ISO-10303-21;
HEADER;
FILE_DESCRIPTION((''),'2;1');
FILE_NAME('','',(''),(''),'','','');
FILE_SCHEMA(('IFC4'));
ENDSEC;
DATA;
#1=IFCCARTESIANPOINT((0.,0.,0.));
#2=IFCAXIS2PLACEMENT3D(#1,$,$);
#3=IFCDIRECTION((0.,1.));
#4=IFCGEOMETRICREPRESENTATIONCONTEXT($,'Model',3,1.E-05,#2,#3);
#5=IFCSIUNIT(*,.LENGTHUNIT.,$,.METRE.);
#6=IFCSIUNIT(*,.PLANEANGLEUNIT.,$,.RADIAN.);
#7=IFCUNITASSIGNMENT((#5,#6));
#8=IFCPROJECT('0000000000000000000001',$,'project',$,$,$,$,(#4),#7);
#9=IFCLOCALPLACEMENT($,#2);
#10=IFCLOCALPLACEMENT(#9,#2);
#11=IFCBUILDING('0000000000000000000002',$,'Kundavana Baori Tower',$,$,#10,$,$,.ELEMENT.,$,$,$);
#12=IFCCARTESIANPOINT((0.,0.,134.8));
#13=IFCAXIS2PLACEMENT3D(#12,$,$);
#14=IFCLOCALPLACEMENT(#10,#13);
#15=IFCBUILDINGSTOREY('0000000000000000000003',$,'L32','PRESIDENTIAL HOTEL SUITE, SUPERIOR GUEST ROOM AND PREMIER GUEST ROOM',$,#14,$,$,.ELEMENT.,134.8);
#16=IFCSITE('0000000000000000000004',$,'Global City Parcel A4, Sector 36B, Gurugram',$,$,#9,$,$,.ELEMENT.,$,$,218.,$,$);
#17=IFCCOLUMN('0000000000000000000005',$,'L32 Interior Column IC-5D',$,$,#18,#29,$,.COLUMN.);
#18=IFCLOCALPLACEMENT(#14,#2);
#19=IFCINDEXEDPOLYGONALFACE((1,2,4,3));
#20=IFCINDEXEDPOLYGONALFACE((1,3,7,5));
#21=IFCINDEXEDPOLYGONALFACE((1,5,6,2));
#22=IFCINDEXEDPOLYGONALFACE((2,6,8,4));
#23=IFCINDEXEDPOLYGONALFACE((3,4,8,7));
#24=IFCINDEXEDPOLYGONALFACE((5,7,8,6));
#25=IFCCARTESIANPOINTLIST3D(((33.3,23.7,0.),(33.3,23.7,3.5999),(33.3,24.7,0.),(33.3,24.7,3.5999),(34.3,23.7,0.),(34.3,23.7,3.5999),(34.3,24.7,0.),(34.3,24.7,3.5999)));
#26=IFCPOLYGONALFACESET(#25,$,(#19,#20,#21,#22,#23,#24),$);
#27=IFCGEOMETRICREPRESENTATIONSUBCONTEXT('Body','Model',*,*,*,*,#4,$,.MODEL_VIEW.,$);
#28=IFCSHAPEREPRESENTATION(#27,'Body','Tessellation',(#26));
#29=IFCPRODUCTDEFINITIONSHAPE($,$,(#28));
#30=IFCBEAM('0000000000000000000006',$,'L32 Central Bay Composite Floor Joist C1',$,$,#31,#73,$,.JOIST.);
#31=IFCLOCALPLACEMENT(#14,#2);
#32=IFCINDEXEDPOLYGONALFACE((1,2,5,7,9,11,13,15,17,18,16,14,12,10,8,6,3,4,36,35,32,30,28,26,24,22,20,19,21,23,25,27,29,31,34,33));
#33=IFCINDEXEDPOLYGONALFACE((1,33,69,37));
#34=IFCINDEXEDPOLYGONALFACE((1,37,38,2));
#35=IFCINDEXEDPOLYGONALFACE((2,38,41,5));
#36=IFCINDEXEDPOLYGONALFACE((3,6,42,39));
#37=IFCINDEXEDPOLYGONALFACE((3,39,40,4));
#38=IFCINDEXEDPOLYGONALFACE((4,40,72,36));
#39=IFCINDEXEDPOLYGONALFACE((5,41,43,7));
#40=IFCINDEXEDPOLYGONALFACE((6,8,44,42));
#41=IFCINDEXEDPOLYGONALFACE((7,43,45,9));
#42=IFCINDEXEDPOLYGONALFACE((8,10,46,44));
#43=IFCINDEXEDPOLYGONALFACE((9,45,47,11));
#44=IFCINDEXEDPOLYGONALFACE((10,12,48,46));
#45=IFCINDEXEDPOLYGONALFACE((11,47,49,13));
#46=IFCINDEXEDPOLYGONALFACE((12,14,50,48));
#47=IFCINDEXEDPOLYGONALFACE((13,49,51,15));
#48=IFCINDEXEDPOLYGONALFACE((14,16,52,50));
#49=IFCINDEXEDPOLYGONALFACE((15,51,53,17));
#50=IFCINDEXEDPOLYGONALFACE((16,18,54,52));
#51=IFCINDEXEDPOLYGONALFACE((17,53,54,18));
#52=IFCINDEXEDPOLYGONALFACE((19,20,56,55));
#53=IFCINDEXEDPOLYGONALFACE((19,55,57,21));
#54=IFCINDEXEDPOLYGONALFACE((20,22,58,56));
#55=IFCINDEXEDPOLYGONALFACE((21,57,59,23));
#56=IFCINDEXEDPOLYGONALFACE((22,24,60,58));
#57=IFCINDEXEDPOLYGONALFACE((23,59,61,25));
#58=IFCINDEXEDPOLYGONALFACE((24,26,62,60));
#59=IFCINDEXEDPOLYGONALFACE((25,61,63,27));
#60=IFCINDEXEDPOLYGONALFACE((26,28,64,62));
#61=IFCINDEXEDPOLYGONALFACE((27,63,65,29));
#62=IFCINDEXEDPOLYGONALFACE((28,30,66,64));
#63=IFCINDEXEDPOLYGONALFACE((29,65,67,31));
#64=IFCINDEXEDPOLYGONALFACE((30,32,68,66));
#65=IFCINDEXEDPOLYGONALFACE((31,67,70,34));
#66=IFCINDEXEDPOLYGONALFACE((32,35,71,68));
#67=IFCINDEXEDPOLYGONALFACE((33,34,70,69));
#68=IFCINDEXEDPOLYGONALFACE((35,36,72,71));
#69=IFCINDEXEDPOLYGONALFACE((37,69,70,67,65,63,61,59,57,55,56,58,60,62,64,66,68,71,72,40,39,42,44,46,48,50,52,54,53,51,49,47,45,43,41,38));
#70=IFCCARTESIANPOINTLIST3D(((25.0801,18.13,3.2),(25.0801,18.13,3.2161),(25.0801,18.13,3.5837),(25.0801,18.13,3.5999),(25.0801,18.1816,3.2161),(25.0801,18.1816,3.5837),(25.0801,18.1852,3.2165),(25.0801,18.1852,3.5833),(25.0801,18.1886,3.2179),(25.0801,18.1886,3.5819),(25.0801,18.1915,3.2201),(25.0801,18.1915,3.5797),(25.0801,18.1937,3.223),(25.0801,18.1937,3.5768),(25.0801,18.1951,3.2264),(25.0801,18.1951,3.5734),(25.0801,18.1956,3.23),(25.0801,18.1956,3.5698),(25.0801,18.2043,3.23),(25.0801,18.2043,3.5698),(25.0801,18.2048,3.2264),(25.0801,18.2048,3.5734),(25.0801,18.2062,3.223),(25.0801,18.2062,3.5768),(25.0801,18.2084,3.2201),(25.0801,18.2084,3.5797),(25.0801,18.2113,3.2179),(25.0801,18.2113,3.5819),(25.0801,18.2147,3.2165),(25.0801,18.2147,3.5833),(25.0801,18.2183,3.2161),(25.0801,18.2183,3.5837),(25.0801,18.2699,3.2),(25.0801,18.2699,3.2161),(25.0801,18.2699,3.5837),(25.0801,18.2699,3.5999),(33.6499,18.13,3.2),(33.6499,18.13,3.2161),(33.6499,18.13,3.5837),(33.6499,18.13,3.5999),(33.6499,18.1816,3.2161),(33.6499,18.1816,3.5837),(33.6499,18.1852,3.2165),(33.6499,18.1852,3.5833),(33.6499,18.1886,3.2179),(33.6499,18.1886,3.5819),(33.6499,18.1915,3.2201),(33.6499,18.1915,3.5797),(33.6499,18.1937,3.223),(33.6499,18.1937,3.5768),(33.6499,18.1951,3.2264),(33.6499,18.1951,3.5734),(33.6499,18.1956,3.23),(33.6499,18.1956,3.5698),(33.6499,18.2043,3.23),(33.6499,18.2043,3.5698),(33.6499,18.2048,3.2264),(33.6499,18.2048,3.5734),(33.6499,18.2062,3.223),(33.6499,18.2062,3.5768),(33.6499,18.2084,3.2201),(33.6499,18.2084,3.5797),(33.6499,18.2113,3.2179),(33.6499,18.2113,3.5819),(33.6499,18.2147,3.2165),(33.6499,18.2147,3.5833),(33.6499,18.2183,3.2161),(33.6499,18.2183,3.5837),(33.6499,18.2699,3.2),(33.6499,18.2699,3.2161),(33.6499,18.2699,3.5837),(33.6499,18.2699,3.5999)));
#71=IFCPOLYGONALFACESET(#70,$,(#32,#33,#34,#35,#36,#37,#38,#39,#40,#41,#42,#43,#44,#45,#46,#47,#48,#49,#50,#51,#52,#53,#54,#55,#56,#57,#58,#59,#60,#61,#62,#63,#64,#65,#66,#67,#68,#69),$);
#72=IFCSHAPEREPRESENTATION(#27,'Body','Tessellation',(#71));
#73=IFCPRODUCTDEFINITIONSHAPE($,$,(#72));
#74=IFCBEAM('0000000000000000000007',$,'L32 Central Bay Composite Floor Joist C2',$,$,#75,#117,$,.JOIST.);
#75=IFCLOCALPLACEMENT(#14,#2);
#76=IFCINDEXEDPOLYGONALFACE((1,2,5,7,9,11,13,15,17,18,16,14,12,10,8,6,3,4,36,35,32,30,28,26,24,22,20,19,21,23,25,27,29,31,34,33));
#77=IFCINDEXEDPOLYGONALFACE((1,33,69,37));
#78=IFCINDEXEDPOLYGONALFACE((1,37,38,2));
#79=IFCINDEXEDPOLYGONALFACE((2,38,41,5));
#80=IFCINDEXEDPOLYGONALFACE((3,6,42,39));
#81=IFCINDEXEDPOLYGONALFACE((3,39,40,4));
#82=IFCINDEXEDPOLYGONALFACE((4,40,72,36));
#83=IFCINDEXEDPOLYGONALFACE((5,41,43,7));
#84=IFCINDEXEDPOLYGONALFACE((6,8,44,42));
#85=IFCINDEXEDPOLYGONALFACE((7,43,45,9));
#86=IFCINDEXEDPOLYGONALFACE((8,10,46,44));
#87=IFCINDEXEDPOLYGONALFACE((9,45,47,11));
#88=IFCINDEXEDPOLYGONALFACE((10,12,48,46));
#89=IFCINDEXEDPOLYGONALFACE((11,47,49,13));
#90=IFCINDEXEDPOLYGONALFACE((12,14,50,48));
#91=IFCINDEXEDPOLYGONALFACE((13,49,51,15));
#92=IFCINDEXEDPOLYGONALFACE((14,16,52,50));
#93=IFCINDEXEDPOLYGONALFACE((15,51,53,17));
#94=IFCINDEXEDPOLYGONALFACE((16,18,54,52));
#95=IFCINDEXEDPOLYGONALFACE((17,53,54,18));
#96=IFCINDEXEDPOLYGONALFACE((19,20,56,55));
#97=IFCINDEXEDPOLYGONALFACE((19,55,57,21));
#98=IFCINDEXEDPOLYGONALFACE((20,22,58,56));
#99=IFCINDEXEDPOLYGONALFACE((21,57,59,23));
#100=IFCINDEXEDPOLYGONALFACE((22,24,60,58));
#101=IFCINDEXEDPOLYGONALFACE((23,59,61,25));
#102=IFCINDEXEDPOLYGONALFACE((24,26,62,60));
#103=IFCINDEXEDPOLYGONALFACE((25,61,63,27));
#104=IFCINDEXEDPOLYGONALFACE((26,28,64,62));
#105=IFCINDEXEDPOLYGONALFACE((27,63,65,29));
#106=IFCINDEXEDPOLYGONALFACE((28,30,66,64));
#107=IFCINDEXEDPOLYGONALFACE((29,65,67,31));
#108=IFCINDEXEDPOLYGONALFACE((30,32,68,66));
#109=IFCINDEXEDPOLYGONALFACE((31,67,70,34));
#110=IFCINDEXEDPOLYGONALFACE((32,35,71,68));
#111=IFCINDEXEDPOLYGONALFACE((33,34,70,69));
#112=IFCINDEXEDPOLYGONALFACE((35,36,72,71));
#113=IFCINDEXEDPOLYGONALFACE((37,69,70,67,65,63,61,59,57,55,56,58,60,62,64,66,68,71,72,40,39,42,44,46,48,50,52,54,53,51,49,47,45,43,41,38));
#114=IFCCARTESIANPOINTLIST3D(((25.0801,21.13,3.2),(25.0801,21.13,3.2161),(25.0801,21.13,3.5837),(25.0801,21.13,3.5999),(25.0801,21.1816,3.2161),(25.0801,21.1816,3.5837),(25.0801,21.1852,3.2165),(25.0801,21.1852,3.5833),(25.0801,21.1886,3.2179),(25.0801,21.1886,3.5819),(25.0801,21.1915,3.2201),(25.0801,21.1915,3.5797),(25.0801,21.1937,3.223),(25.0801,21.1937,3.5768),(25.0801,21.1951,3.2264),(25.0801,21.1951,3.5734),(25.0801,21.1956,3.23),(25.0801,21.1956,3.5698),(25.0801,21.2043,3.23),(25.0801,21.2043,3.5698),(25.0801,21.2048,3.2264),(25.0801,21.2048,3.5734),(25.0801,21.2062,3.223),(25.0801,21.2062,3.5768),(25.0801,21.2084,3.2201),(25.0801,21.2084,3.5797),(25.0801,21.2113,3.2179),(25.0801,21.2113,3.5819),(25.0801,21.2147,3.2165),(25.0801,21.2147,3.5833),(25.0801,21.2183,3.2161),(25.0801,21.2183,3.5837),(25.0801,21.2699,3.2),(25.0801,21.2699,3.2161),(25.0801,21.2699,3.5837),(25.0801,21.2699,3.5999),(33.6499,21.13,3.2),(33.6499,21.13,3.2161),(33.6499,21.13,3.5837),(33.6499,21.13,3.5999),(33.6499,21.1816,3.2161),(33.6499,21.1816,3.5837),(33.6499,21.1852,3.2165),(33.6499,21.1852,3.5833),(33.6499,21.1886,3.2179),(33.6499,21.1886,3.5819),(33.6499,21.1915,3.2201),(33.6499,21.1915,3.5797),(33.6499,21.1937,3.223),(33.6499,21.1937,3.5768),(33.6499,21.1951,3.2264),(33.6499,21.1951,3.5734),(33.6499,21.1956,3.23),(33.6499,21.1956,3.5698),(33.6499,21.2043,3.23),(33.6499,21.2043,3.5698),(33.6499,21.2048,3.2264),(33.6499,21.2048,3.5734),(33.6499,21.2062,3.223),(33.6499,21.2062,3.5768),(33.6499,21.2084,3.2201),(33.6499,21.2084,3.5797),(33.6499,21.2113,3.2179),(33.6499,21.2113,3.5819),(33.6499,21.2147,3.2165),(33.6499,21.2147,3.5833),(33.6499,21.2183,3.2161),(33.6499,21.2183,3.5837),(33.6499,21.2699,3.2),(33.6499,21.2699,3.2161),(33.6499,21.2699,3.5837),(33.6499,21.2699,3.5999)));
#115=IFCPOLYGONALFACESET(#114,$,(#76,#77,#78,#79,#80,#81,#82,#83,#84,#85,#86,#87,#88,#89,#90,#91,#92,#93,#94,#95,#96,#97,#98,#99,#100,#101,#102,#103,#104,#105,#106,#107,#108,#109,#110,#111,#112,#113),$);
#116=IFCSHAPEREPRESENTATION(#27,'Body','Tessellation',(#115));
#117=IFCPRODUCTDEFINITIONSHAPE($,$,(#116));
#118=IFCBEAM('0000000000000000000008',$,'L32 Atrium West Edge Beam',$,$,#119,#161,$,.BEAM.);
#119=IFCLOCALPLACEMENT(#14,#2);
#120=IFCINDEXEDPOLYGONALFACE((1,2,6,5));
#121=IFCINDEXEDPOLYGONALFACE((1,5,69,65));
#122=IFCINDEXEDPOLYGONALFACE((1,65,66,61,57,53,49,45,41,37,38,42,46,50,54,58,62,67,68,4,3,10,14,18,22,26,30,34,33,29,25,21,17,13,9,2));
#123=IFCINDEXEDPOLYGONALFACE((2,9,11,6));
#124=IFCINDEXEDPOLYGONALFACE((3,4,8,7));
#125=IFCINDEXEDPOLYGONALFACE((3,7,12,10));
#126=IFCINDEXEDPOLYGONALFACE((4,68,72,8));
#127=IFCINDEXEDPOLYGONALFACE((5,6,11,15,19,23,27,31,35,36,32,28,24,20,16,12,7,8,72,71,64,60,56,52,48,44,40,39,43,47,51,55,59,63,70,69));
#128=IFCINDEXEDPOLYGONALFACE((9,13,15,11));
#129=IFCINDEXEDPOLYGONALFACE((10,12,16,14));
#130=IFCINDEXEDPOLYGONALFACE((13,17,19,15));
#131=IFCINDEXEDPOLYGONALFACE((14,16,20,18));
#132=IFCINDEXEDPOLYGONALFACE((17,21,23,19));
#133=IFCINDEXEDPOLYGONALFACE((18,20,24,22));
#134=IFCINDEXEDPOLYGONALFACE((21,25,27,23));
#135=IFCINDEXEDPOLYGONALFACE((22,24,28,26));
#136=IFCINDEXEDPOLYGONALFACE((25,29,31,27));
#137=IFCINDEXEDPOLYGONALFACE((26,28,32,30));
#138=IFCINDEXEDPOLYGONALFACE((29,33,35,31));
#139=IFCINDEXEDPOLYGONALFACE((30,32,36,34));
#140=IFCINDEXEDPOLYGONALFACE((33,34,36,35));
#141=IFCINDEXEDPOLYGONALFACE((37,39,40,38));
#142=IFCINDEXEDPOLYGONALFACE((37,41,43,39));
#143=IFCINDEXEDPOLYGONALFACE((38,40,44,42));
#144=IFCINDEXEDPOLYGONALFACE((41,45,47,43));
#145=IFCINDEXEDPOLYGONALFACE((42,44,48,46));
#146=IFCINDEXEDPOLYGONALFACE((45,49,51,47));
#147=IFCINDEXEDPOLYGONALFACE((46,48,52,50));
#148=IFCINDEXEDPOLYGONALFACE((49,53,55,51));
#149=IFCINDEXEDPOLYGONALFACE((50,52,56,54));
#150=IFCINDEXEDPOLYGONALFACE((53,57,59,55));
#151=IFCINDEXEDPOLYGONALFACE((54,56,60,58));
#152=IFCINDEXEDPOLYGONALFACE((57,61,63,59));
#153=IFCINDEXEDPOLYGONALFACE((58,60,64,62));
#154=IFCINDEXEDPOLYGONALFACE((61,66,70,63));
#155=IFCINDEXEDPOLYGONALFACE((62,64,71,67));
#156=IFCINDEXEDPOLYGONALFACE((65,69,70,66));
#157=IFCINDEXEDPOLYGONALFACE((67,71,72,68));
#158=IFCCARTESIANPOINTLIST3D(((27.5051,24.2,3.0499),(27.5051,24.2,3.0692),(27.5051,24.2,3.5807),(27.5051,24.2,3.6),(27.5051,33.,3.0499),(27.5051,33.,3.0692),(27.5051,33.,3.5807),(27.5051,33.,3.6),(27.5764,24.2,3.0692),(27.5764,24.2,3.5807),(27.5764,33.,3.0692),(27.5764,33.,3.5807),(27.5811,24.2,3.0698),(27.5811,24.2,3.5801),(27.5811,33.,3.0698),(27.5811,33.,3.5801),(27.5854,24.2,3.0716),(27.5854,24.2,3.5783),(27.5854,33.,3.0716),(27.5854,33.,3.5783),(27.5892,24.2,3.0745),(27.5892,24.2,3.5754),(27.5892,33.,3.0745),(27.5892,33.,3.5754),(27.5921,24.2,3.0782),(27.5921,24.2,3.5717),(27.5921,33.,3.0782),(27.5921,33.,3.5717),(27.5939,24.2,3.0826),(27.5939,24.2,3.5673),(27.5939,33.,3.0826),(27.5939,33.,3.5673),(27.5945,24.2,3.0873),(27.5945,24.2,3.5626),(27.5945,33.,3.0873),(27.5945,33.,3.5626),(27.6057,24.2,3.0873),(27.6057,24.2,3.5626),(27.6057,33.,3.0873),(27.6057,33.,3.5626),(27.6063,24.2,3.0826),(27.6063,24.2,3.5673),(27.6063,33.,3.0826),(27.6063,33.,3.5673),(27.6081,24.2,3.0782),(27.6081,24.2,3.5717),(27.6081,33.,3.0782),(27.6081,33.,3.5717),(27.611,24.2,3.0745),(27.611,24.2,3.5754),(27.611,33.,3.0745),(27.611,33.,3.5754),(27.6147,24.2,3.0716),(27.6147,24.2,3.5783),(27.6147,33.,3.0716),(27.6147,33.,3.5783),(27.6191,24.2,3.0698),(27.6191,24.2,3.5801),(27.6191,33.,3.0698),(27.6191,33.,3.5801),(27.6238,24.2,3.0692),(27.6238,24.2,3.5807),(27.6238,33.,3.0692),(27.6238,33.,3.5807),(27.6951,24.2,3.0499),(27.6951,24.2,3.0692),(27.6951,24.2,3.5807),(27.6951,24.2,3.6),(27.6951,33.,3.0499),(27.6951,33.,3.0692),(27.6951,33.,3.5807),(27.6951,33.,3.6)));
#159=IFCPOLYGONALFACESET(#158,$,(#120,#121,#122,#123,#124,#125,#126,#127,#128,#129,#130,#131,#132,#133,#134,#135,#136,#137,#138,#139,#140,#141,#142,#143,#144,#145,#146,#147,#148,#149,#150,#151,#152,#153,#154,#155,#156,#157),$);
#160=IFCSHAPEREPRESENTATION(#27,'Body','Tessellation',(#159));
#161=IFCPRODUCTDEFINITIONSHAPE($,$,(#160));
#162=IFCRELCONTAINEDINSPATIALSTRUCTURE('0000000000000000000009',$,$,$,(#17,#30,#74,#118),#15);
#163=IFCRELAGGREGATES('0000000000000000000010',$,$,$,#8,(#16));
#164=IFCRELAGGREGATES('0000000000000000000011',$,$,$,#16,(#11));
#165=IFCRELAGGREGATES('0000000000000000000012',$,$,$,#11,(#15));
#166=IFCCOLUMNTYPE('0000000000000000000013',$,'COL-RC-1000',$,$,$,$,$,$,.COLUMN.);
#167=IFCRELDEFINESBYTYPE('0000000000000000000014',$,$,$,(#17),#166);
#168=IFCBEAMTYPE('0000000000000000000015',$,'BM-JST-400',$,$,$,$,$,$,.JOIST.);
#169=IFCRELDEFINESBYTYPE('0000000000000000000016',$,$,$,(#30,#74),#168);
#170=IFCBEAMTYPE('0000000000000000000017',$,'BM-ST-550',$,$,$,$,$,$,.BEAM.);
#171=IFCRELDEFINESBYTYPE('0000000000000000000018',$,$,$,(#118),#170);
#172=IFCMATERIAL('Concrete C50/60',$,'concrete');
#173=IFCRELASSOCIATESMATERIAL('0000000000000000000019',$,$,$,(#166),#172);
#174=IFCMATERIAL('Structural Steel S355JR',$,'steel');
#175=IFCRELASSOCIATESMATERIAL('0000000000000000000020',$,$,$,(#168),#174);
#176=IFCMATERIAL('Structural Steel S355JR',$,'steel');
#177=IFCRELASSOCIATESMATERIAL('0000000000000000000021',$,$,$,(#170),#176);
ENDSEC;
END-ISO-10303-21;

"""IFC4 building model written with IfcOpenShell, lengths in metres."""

from ifc_helpers import new_model, si_unit, direction, frame, origin, origin_2d, place, context, subcontext, project, spatial, rectangle, i_section, extrude, material, material_profile, profile_set, type_object, element, save


model = new_model("IFC4")

# Units and contexts
model_context = context("Model", 3, precision=1e-05, world=origin(), true_north=direction((0.0, 1.0)))
body_context = subcontext(model_context, "Body", "Model", "MODEL_VIEW")
ifc_project = project(units=[si_unit("LENGTHUNIT", "METRE"), si_unit("PLANEANGLEUNIT", "RADIAN")], contexts=[model_context])

# Site, building, storey
site_placement = place(None, origin())
site = spatial("IfcSite", under=ifc_project, at=site_placement, Name="Global City Parcel A4, Sector 36B, Gurugram", CompositionType="ELEMENT", RefElevation=218.0)
building_placement = place(site_placement, origin())
building = spatial("IfcBuilding", under=site, at=building_placement, Name="Kundavana Baori Tower", CompositionType="ELEMENT")
storey_placement = place(building_placement, frame((0.0, 0.0, 134.8)))
storey = spatial("IfcBuildingStorey", under=building, at=storey_placement, Name="L32", Description="PRESIDENTIAL HOTEL SUITE, SUPERIOR GUEST ROOM AND PREMIER GUEST ROOM", CompositionType="ELEMENT", Elevation=134.8)

# Column
ifc_material_1 = material(Name="Concrete C50/60", Category="concrete")
ifc_material_profile_1 = material_profile(ifc_material_1, rectangle(XDim=1.0, YDim=1.0, at=origin_2d()), Name="RC 1000x1000")
ifc_profile_set_1 = profile_set([ifc_material_profile_1], Name="Concrete C50/60")
column_type = type_object("IfcColumnType", Name="COL-RC-1000", PredefinedType="COLUMN", material=ifc_profile_set_1)
column_placement = place(storey_placement, frame((33.8, 24.2, 0.0), z_axis=(0.0, 0.0, 1.0), x_axis=(1.0, 0.0, 0.0)))
element("IfcColumn", 1, at=column_placement, inside=storey, type_object=column_type, Name="L32 Interior Column IC-5D", PredefinedType="COLUMN", context=body_context, shape_type="SweptSolid", body=[
    extrude(rectangle(XDim=1.0, YDim=1.0, at=origin_2d()), origin(), (0.0, 0.0, 1.0), 3.5999),
])

# Beams
ifc_material_2 = material(Name="Structural Steel S355JR", Category="steel")
ifc_material_profile_2 = material_profile(ifc_material_2, i_section(OverallWidth=0.1399, OverallDepth=0.3999, WebThickness=0.0088, FlangeThickness=0.0161, FilletRadius=0.0139, at=origin_2d()), Name="ISMB 400")
ifc_profile_set_2 = profile_set([ifc_material_profile_2], Name="Structural Steel S355JR")
beam_type_1 = type_object("IfcBeamType", Name="BM-JST-400", PredefinedType="JOIST", material=ifc_profile_set_2)
for number, where, z_axis, x_axis, name in (
    (2, (25.0801, 18.2, 3.3999), (1.0, 0.0, 0.0), (0.0, 1.0, 0.0), "L32 Central Bay Composite Floor Joist C1"),
    (3, (25.0801, 21.2, 3.3999), (1.0, 0.0, 0.0), (0.0, 1.0, 0.0), "L32 Central Bay Composite Floor Joist C2"),
):
    element("IfcBeam", number, at=place(storey_placement, frame(where, z_axis=z_axis, x_axis=x_axis)), inside=storey, type_object=beam_type_1, Name=name, PredefinedType="JOIST", context=body_context, shape_type="SweptSolid", body=[
        extrude(i_section(OverallWidth=0.1399, OverallDepth=0.3999, WebThickness=0.0088, FlangeThickness=0.0161, FilletRadius=0.0139, at=origin_2d()), origin(), (0.0, 0.0, 1.0), 8.5698),
    ])
ifc_material_3 = material(Name="Structural Steel S355JR", Category="steel")
ifc_material_profile_3 = material_profile(ifc_material_3, i_section(OverallWidth=0.1899, OverallDepth=0.55, WebThickness=0.0112, FlangeThickness=0.0193, FilletRadius=0.0181, at=origin_2d()), Name="ISMB 550")
ifc_profile_set_3 = profile_set([ifc_material_profile_3], Name="Structural Steel S355JR")
beam_type_2 = type_object("IfcBeamType", Name="BM-ST-550", PredefinedType="BEAM", material=ifc_profile_set_3)
for number, where, z_axis, x_axis, name in (
    (4, (27.6001, 24.2, 3.325), (0.0, 1.0, 0.0), (-1.0, 0.0, 0.0), "L32 Atrium West Edge Beam"),
):
    element("IfcBeam", number, at=place(storey_placement, frame(where, z_axis=z_axis, x_axis=x_axis)), inside=storey, type_object=beam_type_2, Name=name, PredefinedType="BEAM", context=body_context, shape_type="SweptSolid", body=[
        extrude(i_section(OverallWidth=0.1899, OverallDepth=0.55, WebThickness=0.0112, FlangeThickness=0.0193, FilletRadius=0.0181, at=origin_2d()), origin(), (0.0, 0.0, 1.0), 8.8),
    ])

save(model, "model.ifc")
